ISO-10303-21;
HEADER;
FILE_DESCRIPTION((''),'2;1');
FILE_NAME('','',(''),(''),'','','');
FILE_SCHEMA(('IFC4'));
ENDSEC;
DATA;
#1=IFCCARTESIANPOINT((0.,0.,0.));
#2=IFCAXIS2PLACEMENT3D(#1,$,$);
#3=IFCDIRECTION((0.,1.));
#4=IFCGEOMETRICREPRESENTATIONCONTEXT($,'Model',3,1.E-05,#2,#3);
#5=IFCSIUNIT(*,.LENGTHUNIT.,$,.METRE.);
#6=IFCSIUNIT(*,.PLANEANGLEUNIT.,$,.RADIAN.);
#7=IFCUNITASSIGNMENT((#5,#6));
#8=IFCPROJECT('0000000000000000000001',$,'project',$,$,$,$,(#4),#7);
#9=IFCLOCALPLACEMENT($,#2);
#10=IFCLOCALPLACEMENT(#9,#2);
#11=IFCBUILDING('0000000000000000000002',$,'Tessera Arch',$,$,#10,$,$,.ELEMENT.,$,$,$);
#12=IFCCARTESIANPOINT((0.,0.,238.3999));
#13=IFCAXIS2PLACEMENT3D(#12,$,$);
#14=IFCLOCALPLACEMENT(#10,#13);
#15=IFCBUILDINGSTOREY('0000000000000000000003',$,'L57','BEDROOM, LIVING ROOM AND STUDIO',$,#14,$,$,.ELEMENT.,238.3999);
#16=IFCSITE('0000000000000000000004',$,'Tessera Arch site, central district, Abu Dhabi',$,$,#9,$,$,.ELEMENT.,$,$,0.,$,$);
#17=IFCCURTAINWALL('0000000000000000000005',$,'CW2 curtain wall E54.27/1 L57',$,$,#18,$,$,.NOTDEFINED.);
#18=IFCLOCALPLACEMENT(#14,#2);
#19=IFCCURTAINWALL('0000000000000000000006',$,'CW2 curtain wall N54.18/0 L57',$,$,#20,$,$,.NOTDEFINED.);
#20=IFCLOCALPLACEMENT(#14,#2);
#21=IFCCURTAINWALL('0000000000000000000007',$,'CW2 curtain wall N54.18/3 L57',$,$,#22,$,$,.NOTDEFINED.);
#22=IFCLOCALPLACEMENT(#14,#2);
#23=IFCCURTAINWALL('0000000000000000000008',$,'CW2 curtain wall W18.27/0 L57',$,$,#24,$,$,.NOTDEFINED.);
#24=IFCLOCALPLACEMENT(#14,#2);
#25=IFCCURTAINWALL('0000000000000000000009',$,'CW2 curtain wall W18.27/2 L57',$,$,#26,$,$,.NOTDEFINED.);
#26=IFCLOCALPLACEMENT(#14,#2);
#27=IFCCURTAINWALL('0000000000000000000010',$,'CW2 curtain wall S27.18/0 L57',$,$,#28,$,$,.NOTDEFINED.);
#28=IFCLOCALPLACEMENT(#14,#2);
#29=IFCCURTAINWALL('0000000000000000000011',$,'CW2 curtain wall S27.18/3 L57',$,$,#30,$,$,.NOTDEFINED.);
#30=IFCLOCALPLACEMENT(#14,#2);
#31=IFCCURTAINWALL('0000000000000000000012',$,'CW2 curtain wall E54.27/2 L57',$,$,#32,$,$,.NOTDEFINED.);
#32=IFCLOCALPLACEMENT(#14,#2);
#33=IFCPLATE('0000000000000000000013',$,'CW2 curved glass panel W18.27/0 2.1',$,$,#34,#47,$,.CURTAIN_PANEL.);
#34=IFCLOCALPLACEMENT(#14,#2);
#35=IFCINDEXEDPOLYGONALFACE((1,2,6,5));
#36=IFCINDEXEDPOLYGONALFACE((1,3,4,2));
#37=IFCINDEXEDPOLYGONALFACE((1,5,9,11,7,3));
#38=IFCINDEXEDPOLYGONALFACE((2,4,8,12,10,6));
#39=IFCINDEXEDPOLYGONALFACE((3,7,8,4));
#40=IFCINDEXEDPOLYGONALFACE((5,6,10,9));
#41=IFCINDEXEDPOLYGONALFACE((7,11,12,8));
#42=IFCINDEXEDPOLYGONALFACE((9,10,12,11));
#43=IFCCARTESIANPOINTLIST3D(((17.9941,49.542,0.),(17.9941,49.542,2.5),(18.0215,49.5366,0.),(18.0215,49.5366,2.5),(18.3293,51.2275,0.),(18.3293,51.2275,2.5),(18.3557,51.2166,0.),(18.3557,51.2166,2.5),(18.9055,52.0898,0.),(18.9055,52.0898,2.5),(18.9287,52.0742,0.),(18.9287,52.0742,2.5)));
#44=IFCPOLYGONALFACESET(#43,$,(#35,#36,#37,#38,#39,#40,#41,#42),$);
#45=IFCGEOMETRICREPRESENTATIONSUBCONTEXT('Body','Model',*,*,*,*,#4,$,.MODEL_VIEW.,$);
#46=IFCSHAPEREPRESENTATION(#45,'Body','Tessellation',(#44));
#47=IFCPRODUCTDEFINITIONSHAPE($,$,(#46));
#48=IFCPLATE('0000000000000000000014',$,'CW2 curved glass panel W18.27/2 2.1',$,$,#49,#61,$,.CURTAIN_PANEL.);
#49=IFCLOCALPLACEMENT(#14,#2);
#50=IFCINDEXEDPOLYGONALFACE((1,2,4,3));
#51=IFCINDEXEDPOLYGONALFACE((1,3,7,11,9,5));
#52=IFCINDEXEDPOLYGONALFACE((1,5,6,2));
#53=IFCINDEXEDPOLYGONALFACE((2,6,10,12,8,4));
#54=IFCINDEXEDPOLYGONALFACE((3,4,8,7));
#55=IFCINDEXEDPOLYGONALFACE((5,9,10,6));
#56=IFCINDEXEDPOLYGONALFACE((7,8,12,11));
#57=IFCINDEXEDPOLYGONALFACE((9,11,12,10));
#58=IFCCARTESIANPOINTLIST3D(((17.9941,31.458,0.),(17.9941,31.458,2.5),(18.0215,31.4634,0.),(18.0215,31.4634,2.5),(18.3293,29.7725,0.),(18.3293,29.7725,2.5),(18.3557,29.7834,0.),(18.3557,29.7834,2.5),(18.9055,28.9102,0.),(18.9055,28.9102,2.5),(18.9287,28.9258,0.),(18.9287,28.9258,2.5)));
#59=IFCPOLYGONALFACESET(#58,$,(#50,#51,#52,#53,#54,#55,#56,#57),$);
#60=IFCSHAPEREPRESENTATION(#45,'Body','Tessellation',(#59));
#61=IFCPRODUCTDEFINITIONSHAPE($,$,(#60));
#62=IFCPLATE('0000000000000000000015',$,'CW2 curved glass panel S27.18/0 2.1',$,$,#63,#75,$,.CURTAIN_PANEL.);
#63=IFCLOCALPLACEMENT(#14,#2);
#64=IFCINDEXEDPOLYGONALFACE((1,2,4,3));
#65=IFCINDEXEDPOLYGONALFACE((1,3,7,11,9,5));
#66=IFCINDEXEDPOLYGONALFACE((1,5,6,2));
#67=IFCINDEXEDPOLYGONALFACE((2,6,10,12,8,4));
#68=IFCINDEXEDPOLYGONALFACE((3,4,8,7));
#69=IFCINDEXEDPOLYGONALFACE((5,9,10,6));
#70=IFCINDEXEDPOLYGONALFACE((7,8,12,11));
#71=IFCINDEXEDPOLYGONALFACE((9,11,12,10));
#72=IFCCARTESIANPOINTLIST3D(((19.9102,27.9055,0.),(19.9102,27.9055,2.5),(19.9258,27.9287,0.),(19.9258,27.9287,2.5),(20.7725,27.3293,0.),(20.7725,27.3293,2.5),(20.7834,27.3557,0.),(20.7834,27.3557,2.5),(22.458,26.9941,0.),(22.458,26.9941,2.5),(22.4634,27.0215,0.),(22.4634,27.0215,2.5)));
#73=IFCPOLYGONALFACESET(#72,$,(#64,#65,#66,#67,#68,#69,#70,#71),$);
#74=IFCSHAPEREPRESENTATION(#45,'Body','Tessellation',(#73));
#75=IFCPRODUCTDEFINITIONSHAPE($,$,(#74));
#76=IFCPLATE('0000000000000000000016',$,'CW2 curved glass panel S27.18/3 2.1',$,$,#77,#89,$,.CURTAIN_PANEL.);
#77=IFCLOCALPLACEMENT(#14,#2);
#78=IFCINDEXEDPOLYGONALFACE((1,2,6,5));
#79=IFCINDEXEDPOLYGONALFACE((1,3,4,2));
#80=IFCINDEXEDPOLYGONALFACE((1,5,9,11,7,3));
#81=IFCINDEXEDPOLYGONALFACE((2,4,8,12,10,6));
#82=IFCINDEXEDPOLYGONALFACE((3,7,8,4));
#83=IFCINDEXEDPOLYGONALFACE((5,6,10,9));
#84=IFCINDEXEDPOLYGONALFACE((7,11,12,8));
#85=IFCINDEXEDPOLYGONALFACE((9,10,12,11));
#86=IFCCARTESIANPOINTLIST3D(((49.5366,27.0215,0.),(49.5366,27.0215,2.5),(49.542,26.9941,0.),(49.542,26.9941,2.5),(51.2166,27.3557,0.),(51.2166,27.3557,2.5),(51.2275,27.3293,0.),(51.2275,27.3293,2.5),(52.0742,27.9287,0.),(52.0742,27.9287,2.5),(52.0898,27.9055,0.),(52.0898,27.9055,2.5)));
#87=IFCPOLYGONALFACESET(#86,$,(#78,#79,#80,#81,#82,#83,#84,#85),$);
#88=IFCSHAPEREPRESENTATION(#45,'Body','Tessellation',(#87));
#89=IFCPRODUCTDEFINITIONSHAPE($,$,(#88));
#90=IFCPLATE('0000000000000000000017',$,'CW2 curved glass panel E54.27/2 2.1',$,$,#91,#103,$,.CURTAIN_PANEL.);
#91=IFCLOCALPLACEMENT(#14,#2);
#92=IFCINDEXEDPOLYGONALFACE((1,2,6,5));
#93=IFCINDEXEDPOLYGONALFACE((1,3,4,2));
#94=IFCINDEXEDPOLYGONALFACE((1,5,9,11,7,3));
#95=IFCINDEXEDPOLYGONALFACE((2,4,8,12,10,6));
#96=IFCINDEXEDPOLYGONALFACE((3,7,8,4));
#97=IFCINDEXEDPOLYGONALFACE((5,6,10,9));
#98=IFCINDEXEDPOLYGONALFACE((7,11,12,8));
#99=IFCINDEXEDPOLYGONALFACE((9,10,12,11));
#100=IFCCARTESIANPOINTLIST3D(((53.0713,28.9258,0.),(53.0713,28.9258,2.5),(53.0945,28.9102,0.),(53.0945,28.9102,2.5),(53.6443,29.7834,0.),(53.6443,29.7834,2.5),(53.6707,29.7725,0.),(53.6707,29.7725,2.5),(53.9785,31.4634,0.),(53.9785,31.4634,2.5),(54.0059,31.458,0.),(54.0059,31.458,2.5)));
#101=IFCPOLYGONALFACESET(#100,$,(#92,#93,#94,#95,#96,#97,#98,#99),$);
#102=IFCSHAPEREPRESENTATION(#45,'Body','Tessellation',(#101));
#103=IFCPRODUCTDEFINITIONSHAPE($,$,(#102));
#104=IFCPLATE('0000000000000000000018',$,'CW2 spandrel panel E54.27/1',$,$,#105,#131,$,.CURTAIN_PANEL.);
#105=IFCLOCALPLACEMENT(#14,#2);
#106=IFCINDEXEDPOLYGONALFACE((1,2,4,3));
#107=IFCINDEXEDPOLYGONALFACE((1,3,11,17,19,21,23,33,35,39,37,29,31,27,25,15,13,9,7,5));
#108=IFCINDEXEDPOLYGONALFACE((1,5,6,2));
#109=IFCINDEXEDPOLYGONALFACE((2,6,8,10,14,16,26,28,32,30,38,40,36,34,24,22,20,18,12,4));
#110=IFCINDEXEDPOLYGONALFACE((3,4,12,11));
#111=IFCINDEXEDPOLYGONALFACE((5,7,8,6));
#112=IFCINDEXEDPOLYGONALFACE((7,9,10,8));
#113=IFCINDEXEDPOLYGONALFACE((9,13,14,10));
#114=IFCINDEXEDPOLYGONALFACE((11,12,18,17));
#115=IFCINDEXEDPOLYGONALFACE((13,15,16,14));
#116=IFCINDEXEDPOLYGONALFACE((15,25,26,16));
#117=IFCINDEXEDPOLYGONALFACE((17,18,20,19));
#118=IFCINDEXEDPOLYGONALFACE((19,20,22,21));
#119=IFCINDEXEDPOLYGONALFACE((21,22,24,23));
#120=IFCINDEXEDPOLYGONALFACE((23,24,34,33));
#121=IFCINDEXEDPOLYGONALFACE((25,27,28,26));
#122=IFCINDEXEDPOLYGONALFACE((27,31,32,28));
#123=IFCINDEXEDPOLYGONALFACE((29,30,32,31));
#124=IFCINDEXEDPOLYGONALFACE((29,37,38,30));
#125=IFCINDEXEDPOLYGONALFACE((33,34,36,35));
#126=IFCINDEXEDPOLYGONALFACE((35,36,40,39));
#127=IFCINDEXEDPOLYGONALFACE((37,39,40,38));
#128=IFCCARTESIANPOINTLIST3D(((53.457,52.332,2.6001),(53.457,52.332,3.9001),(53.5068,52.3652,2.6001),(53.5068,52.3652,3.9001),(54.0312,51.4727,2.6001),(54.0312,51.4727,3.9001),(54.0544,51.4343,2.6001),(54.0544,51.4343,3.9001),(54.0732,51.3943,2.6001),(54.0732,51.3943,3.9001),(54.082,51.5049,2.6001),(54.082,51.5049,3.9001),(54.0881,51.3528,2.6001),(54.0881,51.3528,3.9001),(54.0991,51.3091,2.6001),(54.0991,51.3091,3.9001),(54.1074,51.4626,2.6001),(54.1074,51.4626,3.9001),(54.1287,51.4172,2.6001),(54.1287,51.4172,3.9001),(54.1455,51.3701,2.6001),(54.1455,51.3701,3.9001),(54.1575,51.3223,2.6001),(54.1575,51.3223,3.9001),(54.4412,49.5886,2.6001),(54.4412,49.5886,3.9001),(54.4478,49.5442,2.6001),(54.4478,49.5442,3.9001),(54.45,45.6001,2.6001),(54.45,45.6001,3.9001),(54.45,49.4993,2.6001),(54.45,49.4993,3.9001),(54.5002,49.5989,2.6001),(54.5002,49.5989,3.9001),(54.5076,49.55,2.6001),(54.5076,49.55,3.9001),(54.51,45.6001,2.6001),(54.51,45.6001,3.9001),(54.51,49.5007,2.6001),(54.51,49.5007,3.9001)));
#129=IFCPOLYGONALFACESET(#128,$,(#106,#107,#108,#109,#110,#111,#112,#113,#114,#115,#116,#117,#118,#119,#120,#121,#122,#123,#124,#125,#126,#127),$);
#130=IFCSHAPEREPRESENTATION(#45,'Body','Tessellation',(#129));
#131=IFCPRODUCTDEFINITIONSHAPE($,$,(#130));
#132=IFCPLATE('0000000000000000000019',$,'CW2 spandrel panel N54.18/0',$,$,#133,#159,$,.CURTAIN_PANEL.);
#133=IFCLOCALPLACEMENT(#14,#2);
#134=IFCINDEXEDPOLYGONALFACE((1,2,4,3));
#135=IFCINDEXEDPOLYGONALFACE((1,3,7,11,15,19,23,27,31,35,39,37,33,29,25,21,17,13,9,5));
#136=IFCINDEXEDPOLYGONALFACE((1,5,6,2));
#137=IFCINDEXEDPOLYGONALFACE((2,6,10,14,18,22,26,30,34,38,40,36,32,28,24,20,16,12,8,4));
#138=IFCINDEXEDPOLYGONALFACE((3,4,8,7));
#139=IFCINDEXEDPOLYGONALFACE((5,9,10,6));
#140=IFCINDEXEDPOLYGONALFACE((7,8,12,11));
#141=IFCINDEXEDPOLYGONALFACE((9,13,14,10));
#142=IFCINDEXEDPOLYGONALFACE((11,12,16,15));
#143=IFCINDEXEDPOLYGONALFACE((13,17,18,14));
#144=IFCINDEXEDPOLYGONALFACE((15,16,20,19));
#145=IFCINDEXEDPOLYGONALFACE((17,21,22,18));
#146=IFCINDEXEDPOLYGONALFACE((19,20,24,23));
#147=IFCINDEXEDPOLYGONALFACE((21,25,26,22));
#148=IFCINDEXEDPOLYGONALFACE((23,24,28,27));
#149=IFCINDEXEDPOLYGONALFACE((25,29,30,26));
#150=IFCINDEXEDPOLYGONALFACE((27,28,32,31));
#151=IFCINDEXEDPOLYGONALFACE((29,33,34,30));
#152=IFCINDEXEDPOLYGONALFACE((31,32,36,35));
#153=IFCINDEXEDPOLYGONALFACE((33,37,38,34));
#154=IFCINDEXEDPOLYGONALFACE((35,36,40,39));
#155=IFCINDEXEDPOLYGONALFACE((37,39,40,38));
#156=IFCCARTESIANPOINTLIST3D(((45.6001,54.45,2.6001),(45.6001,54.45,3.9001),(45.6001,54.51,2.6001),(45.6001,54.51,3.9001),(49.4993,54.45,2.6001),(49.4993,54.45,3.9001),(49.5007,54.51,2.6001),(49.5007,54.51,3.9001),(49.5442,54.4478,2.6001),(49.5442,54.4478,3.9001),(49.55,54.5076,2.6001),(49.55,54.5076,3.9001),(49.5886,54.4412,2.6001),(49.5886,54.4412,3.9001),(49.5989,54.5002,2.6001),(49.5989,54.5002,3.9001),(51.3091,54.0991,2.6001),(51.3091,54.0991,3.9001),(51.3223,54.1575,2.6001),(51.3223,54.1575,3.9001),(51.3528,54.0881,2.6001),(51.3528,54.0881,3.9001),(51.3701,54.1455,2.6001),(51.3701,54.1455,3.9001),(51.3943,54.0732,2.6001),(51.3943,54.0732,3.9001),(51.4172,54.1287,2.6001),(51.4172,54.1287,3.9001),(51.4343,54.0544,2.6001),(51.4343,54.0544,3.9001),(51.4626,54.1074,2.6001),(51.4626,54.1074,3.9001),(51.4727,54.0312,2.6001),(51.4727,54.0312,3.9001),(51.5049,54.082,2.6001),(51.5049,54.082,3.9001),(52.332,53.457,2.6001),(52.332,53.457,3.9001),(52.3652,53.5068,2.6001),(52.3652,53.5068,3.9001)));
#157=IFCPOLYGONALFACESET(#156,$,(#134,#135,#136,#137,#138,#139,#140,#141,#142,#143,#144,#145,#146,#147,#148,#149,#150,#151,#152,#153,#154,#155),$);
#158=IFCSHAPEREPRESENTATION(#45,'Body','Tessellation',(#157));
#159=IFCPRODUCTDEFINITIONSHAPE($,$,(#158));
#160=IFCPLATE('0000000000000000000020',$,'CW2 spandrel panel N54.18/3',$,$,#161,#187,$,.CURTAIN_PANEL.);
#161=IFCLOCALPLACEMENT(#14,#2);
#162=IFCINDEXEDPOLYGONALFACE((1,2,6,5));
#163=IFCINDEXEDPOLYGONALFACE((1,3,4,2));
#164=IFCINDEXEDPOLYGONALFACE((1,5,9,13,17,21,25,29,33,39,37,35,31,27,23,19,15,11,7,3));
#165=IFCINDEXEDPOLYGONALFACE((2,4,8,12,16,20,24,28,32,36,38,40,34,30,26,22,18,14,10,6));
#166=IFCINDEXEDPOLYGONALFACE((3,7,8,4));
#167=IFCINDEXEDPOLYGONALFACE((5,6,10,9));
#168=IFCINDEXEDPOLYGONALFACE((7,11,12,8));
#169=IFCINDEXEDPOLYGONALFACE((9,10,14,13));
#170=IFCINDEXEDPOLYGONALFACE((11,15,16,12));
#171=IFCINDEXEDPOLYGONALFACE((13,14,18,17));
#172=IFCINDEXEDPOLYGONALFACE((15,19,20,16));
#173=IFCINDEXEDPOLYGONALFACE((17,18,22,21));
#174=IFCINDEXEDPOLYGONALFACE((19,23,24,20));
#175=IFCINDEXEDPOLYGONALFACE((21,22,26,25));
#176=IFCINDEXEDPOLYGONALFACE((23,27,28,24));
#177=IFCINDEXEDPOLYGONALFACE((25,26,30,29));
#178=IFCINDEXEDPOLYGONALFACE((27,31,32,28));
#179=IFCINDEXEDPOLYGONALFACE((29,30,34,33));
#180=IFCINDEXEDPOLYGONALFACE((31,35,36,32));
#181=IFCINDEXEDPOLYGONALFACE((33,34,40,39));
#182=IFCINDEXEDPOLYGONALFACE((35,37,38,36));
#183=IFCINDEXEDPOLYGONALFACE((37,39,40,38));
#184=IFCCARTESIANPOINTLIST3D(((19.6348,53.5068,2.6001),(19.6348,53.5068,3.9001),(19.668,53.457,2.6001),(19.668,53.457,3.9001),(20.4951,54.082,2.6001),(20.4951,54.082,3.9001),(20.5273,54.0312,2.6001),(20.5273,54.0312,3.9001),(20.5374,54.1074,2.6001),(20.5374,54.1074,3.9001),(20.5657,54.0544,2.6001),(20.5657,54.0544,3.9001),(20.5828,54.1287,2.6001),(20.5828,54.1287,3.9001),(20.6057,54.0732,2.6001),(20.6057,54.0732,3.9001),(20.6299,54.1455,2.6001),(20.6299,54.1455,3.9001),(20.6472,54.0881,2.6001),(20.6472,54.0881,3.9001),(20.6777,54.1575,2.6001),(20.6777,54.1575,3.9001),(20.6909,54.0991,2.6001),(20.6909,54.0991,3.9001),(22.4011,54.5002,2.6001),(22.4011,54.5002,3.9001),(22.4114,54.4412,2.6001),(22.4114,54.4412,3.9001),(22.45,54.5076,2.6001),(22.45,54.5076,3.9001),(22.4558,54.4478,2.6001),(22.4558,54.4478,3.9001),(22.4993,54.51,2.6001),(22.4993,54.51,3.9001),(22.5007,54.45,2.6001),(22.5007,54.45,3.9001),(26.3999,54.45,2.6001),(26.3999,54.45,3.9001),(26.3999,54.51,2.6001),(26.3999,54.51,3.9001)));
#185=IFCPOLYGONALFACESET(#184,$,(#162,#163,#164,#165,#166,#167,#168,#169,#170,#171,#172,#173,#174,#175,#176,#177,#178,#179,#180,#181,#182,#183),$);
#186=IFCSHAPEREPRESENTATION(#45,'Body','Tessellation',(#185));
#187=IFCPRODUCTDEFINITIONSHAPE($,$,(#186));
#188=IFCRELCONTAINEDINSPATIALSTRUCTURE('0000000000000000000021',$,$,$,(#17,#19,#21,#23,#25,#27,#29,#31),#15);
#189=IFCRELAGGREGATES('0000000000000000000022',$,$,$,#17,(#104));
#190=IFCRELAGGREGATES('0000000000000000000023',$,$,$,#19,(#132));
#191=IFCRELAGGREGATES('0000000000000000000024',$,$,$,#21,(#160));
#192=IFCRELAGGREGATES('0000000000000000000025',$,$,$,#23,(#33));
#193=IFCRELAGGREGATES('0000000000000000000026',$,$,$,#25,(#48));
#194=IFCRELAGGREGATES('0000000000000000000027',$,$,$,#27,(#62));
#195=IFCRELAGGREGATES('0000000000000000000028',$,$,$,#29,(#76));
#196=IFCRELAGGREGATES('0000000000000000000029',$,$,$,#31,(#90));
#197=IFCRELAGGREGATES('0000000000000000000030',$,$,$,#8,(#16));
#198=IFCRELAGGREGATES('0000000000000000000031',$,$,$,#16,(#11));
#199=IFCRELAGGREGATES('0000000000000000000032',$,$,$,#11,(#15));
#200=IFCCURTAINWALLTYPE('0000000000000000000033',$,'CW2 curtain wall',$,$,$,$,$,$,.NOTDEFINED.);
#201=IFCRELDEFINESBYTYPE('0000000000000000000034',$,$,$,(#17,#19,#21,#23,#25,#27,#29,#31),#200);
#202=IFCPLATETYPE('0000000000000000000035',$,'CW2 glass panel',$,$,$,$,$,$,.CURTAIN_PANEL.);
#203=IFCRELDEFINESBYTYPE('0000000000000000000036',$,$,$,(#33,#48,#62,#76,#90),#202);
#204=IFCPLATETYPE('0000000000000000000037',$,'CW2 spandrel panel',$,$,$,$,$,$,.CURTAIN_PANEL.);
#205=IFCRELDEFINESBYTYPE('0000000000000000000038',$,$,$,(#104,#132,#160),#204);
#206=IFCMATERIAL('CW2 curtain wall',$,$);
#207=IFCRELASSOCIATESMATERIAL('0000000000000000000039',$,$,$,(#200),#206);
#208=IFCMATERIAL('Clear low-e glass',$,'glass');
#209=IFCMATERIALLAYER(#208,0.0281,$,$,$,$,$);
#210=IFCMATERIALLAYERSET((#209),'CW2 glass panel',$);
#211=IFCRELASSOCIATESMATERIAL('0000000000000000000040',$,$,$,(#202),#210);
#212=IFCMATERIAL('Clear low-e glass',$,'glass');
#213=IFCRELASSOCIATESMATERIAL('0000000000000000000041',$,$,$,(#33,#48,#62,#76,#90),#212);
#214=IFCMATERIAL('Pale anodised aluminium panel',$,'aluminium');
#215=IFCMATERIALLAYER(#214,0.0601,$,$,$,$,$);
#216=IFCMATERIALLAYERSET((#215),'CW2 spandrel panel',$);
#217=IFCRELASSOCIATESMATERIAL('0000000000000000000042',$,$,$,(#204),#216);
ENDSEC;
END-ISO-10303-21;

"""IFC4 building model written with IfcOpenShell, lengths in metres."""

from ifc_helpers import new_model, si_unit, direction, frame, origin, place, context, subcontext, project, spatial, polyline, outline, extrude, material, layer, layer_set, type_object, element, aggregate, save


model = new_model("IFC4")

# Units and contexts
model_context = context("Model", 3, precision=1e-05, world=origin(), true_north=direction((0.0, 1.0)))
body_context = subcontext(model_context, "Body", "Model", "MODEL_VIEW")
ifc_project = project(units=[si_unit("LENGTHUNIT", "METRE"), si_unit("PLANEANGLEUNIT", "RADIAN")], contexts=[model_context])

# Site, building, storey
site_placement = place(None, origin())
site = spatial("IfcSite", under=ifc_project, at=site_placement, Name="Tessera Arch site, central district, Abu Dhabi", CompositionType="ELEMENT", RefElevation=0.0)
building_placement = place(site_placement, origin())
building = spatial("IfcBuilding", under=site, at=building_placement, Name="Tessera Arch", CompositionType="ELEMENT")
storey_placement = place(building_placement, frame((0.0, 0.0, 238.3999)))
storey = spatial("IfcBuildingStorey", under=building, at=storey_placement, Name="L57", Description="BEDROOM, LIVING ROOM AND STUDIO", CompositionType="ELEMENT", Elevation=238.3999)

# Curtain walls
ifc_material_1 = material(Name="CW2 curtain wall")
curtain_wall_type = type_object("IfcCurtainWallType", Name="CW2 curtain wall", PredefinedType="NOTDEFINED", material=ifc_material_1)
curtain_wall_1_placement = place(storey_placement, origin())
curtain_wall_1 = element("IfcCurtainWall", 1, at=curtain_wall_1_placement, inside=storey, type_object=curtain_wall_type, Name="CW2 curtain wall E54.27/1 L57", PredefinedType="NOTDEFINED")
curtain_wall_2_placement = place(storey_placement, origin())
curtain_wall_2 = element("IfcCurtainWall", 2, at=curtain_wall_2_placement, inside=storey, type_object=curtain_wall_type, Name="CW2 curtain wall N54.18/0 L57", PredefinedType="NOTDEFINED")
curtain_wall_3_placement = place(storey_placement, origin())
curtain_wall_3 = element("IfcCurtainWall", 3, at=curtain_wall_3_placement, inside=storey, type_object=curtain_wall_type, Name="CW2 curtain wall N54.18/3 L57", PredefinedType="NOTDEFINED")
curtain_wall_4_placement = place(storey_placement, origin())
curtain_wall_4 = element("IfcCurtainWall", 4, at=curtain_wall_4_placement, inside=storey, type_object=curtain_wall_type, Name="CW2 curtain wall W18.27/0 L57", PredefinedType="NOTDEFINED")
curtain_wall_5_placement = place(storey_placement, origin())
curtain_wall_5 = element("IfcCurtainWall", 5, at=curtain_wall_5_placement, inside=storey, type_object=curtain_wall_type, Name="CW2 curtain wall W18.27/2 L57", PredefinedType="NOTDEFINED")
curtain_wall_6_placement = place(storey_placement, origin())
curtain_wall_6 = element("IfcCurtainWall", 6, at=curtain_wall_6_placement, inside=storey, type_object=curtain_wall_type, Name="CW2 curtain wall S27.18/0 L57", PredefinedType="NOTDEFINED")
curtain_wall_7_placement = place(storey_placement, origin())
curtain_wall_7 = element("IfcCurtainWall", 7, at=curtain_wall_7_placement, inside=storey, type_object=curtain_wall_type, Name="CW2 curtain wall S27.18/3 L57", PredefinedType="NOTDEFINED")
curtain_wall_8_placement = place(storey_placement, origin())
curtain_wall_8 = element("IfcCurtainWall", 8, at=curtain_wall_8_placement, inside=storey, type_object=curtain_wall_type, Name="CW2 curtain wall E54.27/2 L57", PredefinedType="NOTDEFINED")

# Plates
ifc_material_2 = material(Name="Clear low-e glass", Category="glass")
ifc_material_3 = material(Name="Clear low-e glass", Category="glass")
ifc_layer_1 = layer(ifc_material_3, 0.0281)
ifc_layer_set_1 = layer_set([ifc_layer_1], Name="CW2 glass panel")
plate_type_1 = type_object("IfcPlateType", Name="CW2 glass panel", PredefinedType="CURTAIN_PANEL", material=ifc_layer_set_1)
plate_1_placement = place(storey_placement, origin())
plate_1 = element("IfcPlate", 9, at=plate_1_placement, type_object=plate_type_1, material=ifc_material_2, Name="CW2 curved glass panel W18.27/0 2.1", PredefinedType="CURTAIN_PANEL", context=body_context, shape_type="SweptSolid", body=[
    extrude(outline(polyline([(18.3557, 51.2166), (18.9287, 52.0742), (18.9055, 52.0898), (18.3293, 51.2275), (17.9941, 49.542), (18.0215, 49.5366), (18.3557, 51.2166)])), origin(), (0.0, 0.0, 1.0), 2.5),
])
plate_2_placement = place(storey_placement, origin())
plate_2 = element("IfcPlate", 10, at=plate_2_placement, type_object=plate_type_1, material=ifc_material_2, Name="CW2 curved glass panel W18.27/2 2.1", PredefinedType="CURTAIN_PANEL", context=body_context, shape_type="SweptSolid", body=[
    extrude(outline(polyline([(18.3557, 29.7834), (18.0215, 31.4634), (17.9941, 31.458), (18.3293, 29.7725), (18.9055, 28.9102), (18.9287, 28.9258), (18.3557, 29.7834)])), origin(), (0.0, 0.0, 1.0), 2.5),
])
plate_3_placement = place(storey_placement, origin())
plate_3 = element("IfcPlate", 11, at=plate_3_placement, type_object=plate_type_1, material=ifc_material_2, Name="CW2 curved glass panel S27.18/0 2.1", PredefinedType="CURTAIN_PANEL", context=body_context, shape_type="SweptSolid", body=[
    extrude(outline(polyline([(20.7834, 27.3557), (19.9258, 27.9287), (19.9102, 27.9055), (20.7725, 27.3293), (22.458, 26.9941), (22.4634, 27.0215), (20.7834, 27.3557)])), origin(), (0.0, 0.0, 1.0), 2.5),
])
plate_4_placement = place(storey_placement, origin())
plate_4 = element("IfcPlate", 12, at=plate_4_placement, type_object=plate_type_1, material=ifc_material_2, Name="CW2 curved glass panel S27.18/3 2.1", PredefinedType="CURTAIN_PANEL", context=body_context, shape_type="SweptSolid", body=[
    extrude(outline(polyline([(51.2166, 27.3557), (49.5366, 27.0215), (49.542, 26.9941), (51.2275, 27.3293), (52.0898, 27.9055), (52.0742, 27.9287), (51.2166, 27.3557)])), origin(), (0.0, 0.0, 1.0), 2.5),
])
plate_5_placement = place(storey_placement, origin())
plate_5 = element("IfcPlate", 13, at=plate_5_placement, type_object=plate_type_1, material=ifc_material_2, Name="CW2 curved glass panel E54.27/2 2.1", PredefinedType="CURTAIN_PANEL", context=body_context, shape_type="SweptSolid", body=[
    extrude(outline(polyline([(53.6443, 29.7834), (53.0713, 28.9258), (53.0945, 28.9102), (53.6707, 29.7725), (54.0059, 31.458), (53.9785, 31.4634), (53.6443, 29.7834)])), origin(), (0.0, 0.0, 1.0), 2.5),
])
ifc_material_4 = material(Name="Pale anodised aluminium panel", Category="aluminium")
ifc_layer_2 = layer(ifc_material_4, 0.0601)
ifc_layer_set_2 = layer_set([ifc_layer_2], Name="CW2 spandrel panel")
plate_type_2 = type_object("IfcPlateType", Name="CW2 spandrel panel", PredefinedType="CURTAIN_PANEL", material=ifc_layer_set_2)
plate_6_placement = place(storey_placement, frame((0.0, 0.0, 2.6001)))
plate_6 = element("IfcPlate", 14, at=plate_6_placement, type_object=plate_type_2, Name="CW2 spandrel panel E54.27/1", PredefinedType="CURTAIN_PANEL", context=body_context, shape_type="SweptSolid", body=[
    extrude(outline(polyline([(54.45, 49.4993), (54.45, 45.6001), (54.51, 45.6001), (54.51, 49.5007), (54.5076, 49.55), (54.5002, 49.5989), (54.1575, 51.3223), (54.1455, 51.3701), (54.1287, 51.4172), (54.1074, 51.4626), (54.082, 51.5049), (53.5068, 52.3652), (53.457, 52.332), (54.0312, 51.4727), (54.0544, 51.4343), (54.0732, 51.3943), (54.0881, 51.3528), (54.0991, 51.3091), (54.4412, 49.5886), (54.4478, 49.5442), (54.45, 49.4993)])), origin(), (0.0, 0.0, 1.0), 1.3),
])
aggregate(curtain_wall_1, [plate_6])
plate_7_placement = place(storey_placement, frame((0.0, 0.0, 2.6001)))
plate_7 = element("IfcPlate", 15, at=plate_7_placement, type_object=plate_type_2, Name="CW2 spandrel panel N54.18/0", PredefinedType="CURTAIN_PANEL", context=body_context, shape_type="SweptSolid", body=[
    extrude(outline(polyline([(51.4727, 54.0312), (52.332, 53.457), (52.3652, 53.5068), (51.5049, 54.082), (51.4626, 54.1074), (51.4172, 54.1287), (51.3701, 54.1455), (51.3223, 54.1575), (49.5989, 54.5002), (49.55, 54.5076), (49.5007, 54.51), (45.6001, 54.51), (45.6001, 54.45), (49.4993, 54.45), (49.5442, 54.4478), (49.5886, 54.4412), (51.3091, 54.0991), (51.3528, 54.0881), (51.3943, 54.0732), (51.4343, 54.0544), (51.4727, 54.0312)])), origin(), (0.0, 0.0, 1.0), 1.3),
])
aggregate(curtain_wall_2, [plate_7])
plate_8_placement = place(storey_placement, frame((0.0, 0.0, 2.6001)))
plate_8 = element("IfcPlate", 16, at=plate_8_placement, type_object=plate_type_2, Name="CW2 spandrel panel N54.18/3", PredefinedType="CURTAIN_PANEL", context=body_context, shape_type="SweptSolid", body=[
    extrude(outline(polyline([(22.5007, 54.45), (26.3999, 54.45), (26.3999, 54.51), (22.4993, 54.51), (22.45, 54.5076), (22.4011, 54.5002), (20.6777, 54.1575), (20.6299, 54.1455), (20.5828, 54.1287), (20.5374, 54.1074), (20.4951, 54.082), (19.6348, 53.5068), (19.668, 53.457), (20.5273, 54.0312), (20.5657, 54.0544), (20.6057, 54.0732), (20.6472, 54.0881), (20.6909, 54.0991), (22.4114, 54.4412), (22.4558, 54.4478), (22.5007, 54.45)])), origin(), (0.0, 0.0, 1.0), 1.3),
])
aggregate(curtain_wall_3, [plate_8])
aggregate(curtain_wall_4, [plate_1])
aggregate(curtain_wall_5, [plate_2])
aggregate(curtain_wall_6, [plate_3])
aggregate(curtain_wall_7, [plate_4])
aggregate(curtain_wall_8, [plate_5])

save(model, "model.ifc")
